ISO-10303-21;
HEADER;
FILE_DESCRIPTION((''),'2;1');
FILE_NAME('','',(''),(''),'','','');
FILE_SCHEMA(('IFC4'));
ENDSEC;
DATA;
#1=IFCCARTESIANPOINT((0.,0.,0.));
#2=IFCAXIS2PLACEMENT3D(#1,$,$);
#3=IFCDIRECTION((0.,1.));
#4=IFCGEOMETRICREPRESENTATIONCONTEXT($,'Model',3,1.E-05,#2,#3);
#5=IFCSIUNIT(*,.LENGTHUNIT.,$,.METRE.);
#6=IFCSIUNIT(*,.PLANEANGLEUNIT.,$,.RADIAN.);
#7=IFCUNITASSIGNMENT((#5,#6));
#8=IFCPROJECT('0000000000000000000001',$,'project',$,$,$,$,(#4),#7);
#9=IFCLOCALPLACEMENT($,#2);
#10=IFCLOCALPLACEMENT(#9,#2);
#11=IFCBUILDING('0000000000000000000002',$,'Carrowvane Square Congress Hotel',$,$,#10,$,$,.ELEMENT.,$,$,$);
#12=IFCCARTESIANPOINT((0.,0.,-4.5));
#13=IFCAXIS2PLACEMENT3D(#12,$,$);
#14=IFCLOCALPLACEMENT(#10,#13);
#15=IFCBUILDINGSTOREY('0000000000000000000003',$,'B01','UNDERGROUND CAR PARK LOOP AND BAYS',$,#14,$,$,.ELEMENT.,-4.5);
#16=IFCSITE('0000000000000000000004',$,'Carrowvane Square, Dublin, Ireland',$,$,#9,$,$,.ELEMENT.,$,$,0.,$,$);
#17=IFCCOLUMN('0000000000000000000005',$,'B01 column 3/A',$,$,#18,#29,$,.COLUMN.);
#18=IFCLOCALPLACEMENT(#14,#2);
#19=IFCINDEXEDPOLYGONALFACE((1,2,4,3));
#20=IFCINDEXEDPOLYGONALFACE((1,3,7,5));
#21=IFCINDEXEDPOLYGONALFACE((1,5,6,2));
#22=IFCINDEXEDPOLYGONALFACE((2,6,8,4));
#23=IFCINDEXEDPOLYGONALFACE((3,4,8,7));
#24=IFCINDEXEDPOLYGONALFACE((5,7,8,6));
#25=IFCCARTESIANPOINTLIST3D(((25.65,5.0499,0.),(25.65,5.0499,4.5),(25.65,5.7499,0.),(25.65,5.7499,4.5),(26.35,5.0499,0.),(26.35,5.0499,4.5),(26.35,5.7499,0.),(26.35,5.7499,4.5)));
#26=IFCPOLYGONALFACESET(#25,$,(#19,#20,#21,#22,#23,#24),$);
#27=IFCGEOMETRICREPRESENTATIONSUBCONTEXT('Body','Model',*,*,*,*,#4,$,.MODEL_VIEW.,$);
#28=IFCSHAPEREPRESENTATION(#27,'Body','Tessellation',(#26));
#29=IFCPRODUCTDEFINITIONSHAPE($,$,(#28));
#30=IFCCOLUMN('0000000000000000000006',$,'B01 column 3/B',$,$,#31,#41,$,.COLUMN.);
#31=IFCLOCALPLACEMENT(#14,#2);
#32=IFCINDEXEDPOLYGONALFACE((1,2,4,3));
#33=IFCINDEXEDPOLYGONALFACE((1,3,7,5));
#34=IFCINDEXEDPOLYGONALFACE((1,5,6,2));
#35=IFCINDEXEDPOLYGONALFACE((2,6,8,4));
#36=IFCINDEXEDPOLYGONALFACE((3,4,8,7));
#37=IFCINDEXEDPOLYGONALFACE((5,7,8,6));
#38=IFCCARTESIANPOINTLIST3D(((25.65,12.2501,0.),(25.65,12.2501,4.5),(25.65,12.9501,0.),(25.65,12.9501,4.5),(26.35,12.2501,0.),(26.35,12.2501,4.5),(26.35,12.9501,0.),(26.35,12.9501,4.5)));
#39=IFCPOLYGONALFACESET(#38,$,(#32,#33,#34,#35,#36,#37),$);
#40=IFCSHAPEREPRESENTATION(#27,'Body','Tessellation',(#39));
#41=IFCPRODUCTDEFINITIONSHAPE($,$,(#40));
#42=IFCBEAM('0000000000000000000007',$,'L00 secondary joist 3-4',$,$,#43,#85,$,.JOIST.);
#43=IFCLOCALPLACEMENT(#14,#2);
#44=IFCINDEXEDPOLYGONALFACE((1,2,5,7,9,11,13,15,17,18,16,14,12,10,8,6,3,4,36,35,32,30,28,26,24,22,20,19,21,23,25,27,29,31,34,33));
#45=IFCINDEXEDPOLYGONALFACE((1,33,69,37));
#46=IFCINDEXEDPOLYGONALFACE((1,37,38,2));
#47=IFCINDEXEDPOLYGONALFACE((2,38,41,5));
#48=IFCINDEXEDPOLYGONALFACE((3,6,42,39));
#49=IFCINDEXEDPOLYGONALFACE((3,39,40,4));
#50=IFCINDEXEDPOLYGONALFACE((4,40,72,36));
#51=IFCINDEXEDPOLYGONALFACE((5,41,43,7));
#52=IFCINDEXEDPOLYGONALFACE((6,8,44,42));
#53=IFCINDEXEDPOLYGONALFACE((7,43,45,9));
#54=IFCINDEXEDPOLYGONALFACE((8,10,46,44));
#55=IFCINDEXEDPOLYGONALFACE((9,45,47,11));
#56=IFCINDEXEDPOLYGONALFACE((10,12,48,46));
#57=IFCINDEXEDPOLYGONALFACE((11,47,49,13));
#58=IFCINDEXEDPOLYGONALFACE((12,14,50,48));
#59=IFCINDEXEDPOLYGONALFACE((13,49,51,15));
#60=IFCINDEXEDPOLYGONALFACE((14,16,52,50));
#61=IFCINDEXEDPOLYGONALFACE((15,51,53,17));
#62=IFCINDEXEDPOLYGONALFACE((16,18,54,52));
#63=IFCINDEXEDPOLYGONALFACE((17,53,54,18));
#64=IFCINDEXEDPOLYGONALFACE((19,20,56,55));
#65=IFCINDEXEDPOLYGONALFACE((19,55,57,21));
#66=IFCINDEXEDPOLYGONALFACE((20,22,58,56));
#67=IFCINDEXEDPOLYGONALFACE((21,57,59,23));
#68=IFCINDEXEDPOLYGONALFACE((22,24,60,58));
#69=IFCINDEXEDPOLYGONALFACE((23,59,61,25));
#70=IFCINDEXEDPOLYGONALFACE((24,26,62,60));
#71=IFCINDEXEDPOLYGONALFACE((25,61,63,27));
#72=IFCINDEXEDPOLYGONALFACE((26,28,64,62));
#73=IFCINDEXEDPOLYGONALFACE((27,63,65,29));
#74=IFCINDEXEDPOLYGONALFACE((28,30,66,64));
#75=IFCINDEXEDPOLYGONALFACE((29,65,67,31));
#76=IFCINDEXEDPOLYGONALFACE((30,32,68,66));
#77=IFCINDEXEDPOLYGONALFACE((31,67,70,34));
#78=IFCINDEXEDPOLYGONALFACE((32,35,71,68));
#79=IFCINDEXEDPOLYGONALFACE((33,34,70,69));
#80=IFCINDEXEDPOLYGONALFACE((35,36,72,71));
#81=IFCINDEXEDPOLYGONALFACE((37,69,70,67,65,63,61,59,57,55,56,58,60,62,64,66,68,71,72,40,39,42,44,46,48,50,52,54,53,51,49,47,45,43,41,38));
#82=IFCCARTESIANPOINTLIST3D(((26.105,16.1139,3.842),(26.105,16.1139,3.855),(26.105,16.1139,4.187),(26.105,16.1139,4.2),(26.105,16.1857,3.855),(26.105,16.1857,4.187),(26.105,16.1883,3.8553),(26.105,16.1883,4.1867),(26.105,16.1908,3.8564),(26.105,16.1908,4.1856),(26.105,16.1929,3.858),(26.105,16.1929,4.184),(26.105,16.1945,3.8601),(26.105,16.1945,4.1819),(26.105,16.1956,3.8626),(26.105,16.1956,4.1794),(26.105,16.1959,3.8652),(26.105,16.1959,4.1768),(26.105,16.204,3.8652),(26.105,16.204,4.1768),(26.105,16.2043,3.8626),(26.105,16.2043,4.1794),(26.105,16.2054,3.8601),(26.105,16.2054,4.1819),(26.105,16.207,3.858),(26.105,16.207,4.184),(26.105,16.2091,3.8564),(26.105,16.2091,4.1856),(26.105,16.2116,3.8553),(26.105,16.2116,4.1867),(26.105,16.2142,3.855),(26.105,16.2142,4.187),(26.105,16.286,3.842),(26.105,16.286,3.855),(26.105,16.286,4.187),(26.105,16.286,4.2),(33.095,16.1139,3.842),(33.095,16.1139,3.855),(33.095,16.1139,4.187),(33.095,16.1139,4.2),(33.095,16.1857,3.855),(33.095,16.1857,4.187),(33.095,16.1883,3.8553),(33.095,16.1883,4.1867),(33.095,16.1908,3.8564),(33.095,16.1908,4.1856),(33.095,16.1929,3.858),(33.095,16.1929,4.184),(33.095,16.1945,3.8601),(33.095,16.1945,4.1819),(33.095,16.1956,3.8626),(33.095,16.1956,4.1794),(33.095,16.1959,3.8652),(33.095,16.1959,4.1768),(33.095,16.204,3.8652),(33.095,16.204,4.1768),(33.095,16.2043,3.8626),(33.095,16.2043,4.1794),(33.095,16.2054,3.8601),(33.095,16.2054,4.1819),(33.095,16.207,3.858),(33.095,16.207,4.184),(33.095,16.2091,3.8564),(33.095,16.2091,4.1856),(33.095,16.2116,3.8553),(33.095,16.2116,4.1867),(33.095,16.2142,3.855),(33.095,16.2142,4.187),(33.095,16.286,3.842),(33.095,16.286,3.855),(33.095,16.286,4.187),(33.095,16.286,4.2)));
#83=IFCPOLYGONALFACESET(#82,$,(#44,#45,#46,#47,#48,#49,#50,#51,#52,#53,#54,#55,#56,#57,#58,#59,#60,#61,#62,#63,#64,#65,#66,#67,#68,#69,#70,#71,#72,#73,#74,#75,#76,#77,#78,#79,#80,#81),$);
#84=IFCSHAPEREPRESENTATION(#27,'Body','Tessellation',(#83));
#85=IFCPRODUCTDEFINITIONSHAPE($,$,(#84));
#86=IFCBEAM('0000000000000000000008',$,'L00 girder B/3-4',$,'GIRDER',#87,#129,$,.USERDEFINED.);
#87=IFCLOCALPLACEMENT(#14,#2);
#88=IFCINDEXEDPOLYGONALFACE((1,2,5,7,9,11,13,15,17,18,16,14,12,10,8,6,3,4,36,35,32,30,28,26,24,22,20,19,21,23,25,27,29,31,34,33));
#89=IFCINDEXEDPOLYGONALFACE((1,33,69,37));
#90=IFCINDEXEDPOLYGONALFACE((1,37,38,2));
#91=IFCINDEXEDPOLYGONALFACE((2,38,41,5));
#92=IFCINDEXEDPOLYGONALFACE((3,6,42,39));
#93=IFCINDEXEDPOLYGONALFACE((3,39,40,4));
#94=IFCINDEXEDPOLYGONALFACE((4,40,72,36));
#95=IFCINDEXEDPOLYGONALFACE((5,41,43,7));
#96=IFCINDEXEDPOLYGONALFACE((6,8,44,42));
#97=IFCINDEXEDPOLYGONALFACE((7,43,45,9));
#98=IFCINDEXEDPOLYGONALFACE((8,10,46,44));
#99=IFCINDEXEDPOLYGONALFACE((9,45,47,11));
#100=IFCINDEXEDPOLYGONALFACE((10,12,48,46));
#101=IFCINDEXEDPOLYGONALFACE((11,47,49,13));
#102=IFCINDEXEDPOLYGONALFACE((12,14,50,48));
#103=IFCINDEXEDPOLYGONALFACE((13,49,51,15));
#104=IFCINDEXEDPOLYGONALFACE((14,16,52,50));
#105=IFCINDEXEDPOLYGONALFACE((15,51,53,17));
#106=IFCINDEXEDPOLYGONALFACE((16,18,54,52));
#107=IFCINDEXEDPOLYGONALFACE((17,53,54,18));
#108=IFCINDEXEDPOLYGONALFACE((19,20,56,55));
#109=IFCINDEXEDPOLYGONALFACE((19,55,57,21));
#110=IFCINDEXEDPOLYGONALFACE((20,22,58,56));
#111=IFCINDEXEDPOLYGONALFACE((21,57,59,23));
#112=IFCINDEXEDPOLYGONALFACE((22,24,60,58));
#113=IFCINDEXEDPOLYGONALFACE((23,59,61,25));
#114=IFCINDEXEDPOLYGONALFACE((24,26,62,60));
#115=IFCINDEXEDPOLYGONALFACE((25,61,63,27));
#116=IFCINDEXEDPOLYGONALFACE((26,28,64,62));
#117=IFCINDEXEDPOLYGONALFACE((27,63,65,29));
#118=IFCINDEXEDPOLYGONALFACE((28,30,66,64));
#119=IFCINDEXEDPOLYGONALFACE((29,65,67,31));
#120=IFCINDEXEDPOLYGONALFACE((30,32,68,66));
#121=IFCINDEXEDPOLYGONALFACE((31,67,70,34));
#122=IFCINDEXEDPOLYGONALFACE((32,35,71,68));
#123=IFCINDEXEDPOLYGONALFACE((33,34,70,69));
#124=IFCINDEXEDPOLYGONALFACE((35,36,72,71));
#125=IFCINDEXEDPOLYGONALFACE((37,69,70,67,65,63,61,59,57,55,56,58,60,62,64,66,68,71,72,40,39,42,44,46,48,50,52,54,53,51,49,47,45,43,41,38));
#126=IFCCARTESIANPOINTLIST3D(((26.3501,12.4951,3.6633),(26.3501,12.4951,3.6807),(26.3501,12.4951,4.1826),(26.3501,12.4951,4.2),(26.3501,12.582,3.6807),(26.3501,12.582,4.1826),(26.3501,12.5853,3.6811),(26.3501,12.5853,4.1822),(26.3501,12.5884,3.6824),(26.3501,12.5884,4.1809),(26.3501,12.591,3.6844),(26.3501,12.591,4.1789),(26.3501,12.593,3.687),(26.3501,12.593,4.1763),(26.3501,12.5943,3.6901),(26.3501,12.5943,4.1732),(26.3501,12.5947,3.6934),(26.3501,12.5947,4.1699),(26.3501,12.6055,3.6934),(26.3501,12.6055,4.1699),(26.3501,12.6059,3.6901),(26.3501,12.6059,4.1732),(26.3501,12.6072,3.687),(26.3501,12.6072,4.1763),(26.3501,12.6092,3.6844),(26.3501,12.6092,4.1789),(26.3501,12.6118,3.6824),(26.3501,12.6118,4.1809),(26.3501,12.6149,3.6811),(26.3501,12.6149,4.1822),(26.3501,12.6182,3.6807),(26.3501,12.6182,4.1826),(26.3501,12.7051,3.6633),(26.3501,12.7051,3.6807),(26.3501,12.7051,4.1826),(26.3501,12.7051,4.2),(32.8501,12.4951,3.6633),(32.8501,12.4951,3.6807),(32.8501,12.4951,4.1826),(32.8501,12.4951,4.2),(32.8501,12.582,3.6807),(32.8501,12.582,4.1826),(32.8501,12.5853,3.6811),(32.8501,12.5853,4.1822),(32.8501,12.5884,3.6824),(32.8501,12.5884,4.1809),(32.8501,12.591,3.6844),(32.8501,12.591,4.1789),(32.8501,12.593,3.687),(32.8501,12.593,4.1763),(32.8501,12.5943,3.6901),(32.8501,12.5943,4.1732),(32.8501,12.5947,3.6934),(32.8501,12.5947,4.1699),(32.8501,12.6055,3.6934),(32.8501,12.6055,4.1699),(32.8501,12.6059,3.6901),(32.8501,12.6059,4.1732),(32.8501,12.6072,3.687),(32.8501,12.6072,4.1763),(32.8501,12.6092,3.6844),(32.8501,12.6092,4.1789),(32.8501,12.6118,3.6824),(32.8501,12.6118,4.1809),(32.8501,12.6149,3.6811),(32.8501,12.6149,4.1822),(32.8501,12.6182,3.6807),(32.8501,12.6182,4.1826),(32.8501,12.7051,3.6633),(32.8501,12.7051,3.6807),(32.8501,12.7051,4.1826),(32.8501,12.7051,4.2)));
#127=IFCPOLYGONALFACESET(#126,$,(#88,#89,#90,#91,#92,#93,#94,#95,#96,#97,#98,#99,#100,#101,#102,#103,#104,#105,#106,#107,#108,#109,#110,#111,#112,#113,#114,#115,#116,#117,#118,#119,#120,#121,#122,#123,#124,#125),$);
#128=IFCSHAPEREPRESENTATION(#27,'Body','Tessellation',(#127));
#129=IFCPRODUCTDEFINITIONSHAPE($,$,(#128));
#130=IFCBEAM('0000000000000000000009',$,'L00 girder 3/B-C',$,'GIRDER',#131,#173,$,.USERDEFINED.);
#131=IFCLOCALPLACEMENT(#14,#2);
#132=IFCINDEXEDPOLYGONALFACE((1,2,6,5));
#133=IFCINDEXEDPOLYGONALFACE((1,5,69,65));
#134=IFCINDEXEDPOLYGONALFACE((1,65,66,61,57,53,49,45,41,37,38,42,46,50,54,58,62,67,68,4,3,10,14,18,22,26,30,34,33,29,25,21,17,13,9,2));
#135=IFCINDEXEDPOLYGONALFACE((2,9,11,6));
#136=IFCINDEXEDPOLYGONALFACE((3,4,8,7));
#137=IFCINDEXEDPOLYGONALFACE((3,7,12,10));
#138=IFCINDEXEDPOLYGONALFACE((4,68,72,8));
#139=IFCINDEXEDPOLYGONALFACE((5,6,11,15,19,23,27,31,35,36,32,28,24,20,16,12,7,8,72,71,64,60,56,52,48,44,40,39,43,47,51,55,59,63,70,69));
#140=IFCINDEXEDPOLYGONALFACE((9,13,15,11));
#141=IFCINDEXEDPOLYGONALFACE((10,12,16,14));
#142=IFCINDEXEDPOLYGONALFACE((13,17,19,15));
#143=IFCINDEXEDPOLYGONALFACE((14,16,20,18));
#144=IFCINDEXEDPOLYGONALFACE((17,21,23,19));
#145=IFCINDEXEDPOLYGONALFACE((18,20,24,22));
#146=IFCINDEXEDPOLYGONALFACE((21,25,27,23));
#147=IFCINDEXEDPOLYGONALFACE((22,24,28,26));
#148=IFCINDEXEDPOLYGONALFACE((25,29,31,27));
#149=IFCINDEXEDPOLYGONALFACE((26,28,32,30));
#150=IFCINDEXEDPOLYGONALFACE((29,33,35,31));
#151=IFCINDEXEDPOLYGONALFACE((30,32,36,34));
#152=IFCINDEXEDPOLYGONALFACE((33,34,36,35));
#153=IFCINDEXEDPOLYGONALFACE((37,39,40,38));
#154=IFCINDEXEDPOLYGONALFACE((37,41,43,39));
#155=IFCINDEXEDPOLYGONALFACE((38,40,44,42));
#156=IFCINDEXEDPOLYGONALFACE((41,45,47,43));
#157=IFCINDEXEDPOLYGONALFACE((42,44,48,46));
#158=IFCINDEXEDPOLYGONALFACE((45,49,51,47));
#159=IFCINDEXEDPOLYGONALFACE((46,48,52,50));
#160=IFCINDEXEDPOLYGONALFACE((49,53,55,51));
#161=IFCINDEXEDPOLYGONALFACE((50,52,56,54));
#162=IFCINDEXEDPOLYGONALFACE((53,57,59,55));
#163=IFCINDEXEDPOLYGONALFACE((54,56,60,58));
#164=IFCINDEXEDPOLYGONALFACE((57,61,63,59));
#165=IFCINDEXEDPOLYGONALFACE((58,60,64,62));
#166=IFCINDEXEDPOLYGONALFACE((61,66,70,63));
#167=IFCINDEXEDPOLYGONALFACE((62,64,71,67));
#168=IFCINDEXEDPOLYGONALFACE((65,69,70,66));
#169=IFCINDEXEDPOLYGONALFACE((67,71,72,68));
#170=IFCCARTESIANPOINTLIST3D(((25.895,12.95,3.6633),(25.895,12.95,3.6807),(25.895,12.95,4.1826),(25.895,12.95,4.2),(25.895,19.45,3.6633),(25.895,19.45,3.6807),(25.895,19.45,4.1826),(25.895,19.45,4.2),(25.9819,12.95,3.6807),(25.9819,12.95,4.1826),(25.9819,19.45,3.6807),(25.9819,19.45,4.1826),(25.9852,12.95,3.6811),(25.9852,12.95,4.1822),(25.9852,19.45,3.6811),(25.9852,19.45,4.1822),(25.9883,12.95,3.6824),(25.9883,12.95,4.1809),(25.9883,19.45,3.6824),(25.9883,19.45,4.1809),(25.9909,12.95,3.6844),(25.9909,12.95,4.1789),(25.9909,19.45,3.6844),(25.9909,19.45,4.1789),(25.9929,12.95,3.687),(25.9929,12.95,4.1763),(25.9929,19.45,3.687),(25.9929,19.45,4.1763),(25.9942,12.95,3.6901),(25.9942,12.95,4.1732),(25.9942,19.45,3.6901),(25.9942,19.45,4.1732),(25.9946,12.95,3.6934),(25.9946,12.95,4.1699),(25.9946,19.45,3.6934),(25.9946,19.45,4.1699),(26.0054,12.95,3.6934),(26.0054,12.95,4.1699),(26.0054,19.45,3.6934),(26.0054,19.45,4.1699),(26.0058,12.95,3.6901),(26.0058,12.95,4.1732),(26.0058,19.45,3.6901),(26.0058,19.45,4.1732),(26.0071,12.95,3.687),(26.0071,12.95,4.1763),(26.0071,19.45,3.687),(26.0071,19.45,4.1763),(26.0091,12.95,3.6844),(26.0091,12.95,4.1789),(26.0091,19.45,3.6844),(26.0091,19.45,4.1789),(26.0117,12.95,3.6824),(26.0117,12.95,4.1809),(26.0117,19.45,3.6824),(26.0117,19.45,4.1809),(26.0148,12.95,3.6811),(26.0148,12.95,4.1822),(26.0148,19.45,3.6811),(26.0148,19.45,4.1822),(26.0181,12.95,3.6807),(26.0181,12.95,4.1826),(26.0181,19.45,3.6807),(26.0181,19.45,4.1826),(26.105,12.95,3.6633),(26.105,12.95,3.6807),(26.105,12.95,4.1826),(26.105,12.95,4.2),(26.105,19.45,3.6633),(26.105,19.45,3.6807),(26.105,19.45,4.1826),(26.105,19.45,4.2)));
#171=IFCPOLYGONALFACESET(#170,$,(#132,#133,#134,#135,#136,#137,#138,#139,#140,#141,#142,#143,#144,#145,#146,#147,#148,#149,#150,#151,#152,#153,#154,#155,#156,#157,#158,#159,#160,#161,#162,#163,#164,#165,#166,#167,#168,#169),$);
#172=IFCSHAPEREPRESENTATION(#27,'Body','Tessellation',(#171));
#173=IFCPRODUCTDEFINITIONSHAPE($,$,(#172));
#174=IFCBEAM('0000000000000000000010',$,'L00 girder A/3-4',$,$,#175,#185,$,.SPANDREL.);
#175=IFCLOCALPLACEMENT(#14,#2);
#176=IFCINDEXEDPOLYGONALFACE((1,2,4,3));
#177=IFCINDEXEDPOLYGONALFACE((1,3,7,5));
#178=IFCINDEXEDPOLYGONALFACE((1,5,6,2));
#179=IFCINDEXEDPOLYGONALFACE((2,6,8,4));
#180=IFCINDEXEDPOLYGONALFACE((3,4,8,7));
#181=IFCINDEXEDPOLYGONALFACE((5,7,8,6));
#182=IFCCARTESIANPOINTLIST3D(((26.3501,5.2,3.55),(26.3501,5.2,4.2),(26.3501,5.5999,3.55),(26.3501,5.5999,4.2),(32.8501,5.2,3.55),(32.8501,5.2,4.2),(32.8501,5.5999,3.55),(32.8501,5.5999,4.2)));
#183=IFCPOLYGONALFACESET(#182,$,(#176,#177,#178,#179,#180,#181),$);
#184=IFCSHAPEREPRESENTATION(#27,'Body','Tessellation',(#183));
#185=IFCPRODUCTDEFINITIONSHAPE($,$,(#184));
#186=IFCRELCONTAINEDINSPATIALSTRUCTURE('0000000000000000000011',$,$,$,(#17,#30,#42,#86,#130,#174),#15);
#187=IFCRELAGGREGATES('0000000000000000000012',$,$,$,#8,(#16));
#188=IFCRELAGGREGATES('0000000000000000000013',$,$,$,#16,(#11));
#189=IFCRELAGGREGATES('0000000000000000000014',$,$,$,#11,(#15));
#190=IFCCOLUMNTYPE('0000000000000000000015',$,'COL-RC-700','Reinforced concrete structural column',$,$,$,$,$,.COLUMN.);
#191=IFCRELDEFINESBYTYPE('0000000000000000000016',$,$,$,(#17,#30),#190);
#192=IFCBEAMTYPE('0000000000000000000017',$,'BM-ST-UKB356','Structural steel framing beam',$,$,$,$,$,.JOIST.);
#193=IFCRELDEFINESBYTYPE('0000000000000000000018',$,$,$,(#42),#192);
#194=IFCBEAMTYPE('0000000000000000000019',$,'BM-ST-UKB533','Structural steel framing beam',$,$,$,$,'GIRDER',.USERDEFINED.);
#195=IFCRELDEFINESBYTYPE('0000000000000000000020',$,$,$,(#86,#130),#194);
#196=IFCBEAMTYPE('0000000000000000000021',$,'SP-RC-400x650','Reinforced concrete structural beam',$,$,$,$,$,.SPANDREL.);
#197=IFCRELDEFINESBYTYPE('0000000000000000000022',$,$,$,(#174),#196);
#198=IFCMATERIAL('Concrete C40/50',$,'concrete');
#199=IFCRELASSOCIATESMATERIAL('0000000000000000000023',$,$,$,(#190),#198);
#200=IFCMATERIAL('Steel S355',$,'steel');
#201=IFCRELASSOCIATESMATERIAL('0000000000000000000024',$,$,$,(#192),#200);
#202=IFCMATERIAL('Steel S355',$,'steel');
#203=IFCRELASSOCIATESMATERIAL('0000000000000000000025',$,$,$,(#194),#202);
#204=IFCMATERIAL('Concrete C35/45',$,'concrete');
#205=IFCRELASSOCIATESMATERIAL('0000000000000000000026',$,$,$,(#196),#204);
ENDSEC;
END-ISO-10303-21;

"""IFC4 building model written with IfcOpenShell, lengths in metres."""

from ifc_helpers import new_model, si_unit, direction, frame, origin, origin_2d, place, context, subcontext, project, spatial, rectangle, i_section, extrude, material, material_profile, profile_set, type_object, element, save


model = new_model("IFC4")

# Units and contexts
model_context = context("Model", 3, precision=1e-05, world=origin(), true_north=direction((0.0, 1.0)))
body_context = subcontext(model_context, "Body", "Model", "MODEL_VIEW")
ifc_project = project(units=[si_unit("LENGTHUNIT", "METRE"), si_unit("PLANEANGLEUNIT", "RADIAN")], contexts=[model_context])

# Site, building, storey
site_placement = place(None, origin())
site = spatial("IfcSite", under=ifc_project, at=site_placement, Name="Carrowvane Square, Dublin, Ireland", CompositionType="ELEMENT", RefElevation=0.0)
building_placement = place(site_placement, origin())
building = spatial("IfcBuilding", under=site, at=building_placement, Name="Carrowvane Square Congress Hotel", CompositionType="ELEMENT")
storey_placement = place(building_placement, frame((0.0, 0.0, -4.5)))
storey = spatial("IfcBuildingStorey", under=building, at=storey_placement, Name="B01", Description="UNDERGROUND CAR PARK LOOP AND BAYS", CompositionType="ELEMENT", Elevation=-4.5)

# Columns
ifc_material_1 = material(Name="Concrete C40/50", Category="concrete")
ifc_material_profile_1 = material_profile(ifc_material_1, rectangle(XDim=0.7, YDim=0.7, at=origin_2d()), Name="RC 700x700")
ifc_profile_set_1 = profile_set([ifc_material_profile_1], Name="Concrete C40/50")
column_type = type_object("IfcColumnType", Name="COL-RC-700", Description="Reinforced concrete structural column", PredefinedType="COLUMN", material=ifc_profile_set_1)
for number, where, z_axis, x_axis, name in (
    (1, (26.0, 5.3999, 0.0), (0.0, 0.0, 1.0), (1.0, 0.0, 0.0), "B01 column 3/A"),
    (2, (26.0, 12.6001, 0.0), (0.0, 0.0, 1.0), (1.0, 0.0, 0.0), "B01 column 3/B"),
):
    element("IfcColumn", number, at=place(storey_placement, frame(where, z_axis=z_axis, x_axis=x_axis)), inside=storey, type_object=column_type, Name=name, PredefinedType="COLUMN", context=body_context, shape_type="SweptSolid", body=[
        extrude(rectangle(XDim=0.7, YDim=0.7, at=origin_2d()), origin(), (0.0, 0.0, 1.0), 4.5),
    ])

# Beams
ifc_material_2 = material(Name="Steel S355", Category="steel")
ifc_material_profile_2 = material_profile(ifc_material_2, i_section(OverallWidth=0.1721, OverallDepth=0.3579, WebThickness=0.0081, FlangeThickness=0.0129, FilletRadius=0.0103, at=origin_2d()), Name="UKB 356x171x57")
ifc_profile_set_2 = profile_set([ifc_material_profile_2], Name="Steel S355")
beam_type_1 = type_object("IfcBeamType", Name="BM-ST-UKB356", Description="Structural steel framing beam", PredefinedType="JOIST", material=ifc_profile_set_2)
beam_1_placement = place(storey_placement, frame((26.105, 16.2, 4.021), z_axis=(1.0, 0.0, 0.0), x_axis=(0.0, 1.0, 0.0)))
element("IfcBeam", 3, at=beam_1_placement, inside=storey, type_object=beam_type_1, Name="L00 secondary joist 3-4", PredefinedType="JOIST", context=body_context, shape_type="SweptSolid", body=[
    extrude(i_section(OverallWidth=0.1721, OverallDepth=0.3579, WebThickness=0.0081, FlangeThickness=0.0129, FilletRadius=0.0103, at=origin_2d()), origin(), (0.0, 0.0, 1.0), 6.99),
])
ifc_material_3 = material(Name="Steel S355", Category="steel")
ifc_material_profile_3 = material_profile(ifc_material_3, i_section(OverallWidth=0.21, OverallDepth=0.5366, WebThickness=0.0107, FlangeThickness=0.0173, FilletRadius=0.0127, at=origin_2d()), Name="UKB 533x210x101")
ifc_profile_set_3 = profile_set([ifc_material_profile_3], Name="Steel S355")
beam_type_2 = type_object("IfcBeamType", Name="BM-ST-UKB533", Description="Structural steel framing beam", ElementType="GIRDER", PredefinedType="USERDEFINED", material=ifc_profile_set_3)
for number, where, z_axis, x_axis, name in (
    (4, (26.3501, 12.6001, 3.9316), (1.0, 0.0, 0.0), (0.0, 1.0, 0.0), "L00 girder B/3-4"),
    (5, (26.0, 12.95, 3.9316), (0.0, 1.0, 0.0), (-1.0, 0.0, 0.0), "L00 girder 3/B-C"),
):
    element("IfcBeam", number, at=place(storey_placement, frame(where, z_axis=z_axis, x_axis=x_axis)), inside=storey, type_object=beam_type_2, Name=name, ObjectType="GIRDER", PredefinedType="USERDEFINED", context=body_context, shape_type="SweptSolid", body=[
        extrude(i_section(OverallWidth=0.21, OverallDepth=0.5366, WebThickness=0.0107, FlangeThickness=0.0173, FilletRadius=0.0127, at=origin_2d()), origin(), (0.0, 0.0, 1.0), 6.5),
    ])
ifc_material_4 = material(Name="Concrete C35/45", Category="concrete")
ifc_material_profile_4 = material_profile(ifc_material_4, rectangle(XDim=0.3999, YDim=0.6499, at=origin_2d()), Name="RC 400x650")
ifc_profile_set_4 = profile_set([ifc_material_profile_4], Name="Concrete C35/45")
beam_type_3 = type_object("IfcBeamType", Name="SP-RC-400x650", Description="Reinforced concrete structural beam", PredefinedType="SPANDREL", material=ifc_profile_set_4)
beam_2_placement = place(storey_placement, frame((26.3501, 5.3999, 3.875), z_axis=(1.0, 0.0, 0.0), x_axis=(0.0, 1.0, 0.0)))
element("IfcBeam", 6, at=beam_2_placement, inside=storey, type_object=beam_type_3, Name="L00 girder A/3-4", PredefinedType="SPANDREL", context=body_context, shape_type="SweptSolid", body=[
    extrude(rectangle(XDim=0.3999, YDim=0.6499, at=origin_2d()), origin(), (0.0, 0.0, 1.0), 6.5),
])

save(model, "model.ifc")
